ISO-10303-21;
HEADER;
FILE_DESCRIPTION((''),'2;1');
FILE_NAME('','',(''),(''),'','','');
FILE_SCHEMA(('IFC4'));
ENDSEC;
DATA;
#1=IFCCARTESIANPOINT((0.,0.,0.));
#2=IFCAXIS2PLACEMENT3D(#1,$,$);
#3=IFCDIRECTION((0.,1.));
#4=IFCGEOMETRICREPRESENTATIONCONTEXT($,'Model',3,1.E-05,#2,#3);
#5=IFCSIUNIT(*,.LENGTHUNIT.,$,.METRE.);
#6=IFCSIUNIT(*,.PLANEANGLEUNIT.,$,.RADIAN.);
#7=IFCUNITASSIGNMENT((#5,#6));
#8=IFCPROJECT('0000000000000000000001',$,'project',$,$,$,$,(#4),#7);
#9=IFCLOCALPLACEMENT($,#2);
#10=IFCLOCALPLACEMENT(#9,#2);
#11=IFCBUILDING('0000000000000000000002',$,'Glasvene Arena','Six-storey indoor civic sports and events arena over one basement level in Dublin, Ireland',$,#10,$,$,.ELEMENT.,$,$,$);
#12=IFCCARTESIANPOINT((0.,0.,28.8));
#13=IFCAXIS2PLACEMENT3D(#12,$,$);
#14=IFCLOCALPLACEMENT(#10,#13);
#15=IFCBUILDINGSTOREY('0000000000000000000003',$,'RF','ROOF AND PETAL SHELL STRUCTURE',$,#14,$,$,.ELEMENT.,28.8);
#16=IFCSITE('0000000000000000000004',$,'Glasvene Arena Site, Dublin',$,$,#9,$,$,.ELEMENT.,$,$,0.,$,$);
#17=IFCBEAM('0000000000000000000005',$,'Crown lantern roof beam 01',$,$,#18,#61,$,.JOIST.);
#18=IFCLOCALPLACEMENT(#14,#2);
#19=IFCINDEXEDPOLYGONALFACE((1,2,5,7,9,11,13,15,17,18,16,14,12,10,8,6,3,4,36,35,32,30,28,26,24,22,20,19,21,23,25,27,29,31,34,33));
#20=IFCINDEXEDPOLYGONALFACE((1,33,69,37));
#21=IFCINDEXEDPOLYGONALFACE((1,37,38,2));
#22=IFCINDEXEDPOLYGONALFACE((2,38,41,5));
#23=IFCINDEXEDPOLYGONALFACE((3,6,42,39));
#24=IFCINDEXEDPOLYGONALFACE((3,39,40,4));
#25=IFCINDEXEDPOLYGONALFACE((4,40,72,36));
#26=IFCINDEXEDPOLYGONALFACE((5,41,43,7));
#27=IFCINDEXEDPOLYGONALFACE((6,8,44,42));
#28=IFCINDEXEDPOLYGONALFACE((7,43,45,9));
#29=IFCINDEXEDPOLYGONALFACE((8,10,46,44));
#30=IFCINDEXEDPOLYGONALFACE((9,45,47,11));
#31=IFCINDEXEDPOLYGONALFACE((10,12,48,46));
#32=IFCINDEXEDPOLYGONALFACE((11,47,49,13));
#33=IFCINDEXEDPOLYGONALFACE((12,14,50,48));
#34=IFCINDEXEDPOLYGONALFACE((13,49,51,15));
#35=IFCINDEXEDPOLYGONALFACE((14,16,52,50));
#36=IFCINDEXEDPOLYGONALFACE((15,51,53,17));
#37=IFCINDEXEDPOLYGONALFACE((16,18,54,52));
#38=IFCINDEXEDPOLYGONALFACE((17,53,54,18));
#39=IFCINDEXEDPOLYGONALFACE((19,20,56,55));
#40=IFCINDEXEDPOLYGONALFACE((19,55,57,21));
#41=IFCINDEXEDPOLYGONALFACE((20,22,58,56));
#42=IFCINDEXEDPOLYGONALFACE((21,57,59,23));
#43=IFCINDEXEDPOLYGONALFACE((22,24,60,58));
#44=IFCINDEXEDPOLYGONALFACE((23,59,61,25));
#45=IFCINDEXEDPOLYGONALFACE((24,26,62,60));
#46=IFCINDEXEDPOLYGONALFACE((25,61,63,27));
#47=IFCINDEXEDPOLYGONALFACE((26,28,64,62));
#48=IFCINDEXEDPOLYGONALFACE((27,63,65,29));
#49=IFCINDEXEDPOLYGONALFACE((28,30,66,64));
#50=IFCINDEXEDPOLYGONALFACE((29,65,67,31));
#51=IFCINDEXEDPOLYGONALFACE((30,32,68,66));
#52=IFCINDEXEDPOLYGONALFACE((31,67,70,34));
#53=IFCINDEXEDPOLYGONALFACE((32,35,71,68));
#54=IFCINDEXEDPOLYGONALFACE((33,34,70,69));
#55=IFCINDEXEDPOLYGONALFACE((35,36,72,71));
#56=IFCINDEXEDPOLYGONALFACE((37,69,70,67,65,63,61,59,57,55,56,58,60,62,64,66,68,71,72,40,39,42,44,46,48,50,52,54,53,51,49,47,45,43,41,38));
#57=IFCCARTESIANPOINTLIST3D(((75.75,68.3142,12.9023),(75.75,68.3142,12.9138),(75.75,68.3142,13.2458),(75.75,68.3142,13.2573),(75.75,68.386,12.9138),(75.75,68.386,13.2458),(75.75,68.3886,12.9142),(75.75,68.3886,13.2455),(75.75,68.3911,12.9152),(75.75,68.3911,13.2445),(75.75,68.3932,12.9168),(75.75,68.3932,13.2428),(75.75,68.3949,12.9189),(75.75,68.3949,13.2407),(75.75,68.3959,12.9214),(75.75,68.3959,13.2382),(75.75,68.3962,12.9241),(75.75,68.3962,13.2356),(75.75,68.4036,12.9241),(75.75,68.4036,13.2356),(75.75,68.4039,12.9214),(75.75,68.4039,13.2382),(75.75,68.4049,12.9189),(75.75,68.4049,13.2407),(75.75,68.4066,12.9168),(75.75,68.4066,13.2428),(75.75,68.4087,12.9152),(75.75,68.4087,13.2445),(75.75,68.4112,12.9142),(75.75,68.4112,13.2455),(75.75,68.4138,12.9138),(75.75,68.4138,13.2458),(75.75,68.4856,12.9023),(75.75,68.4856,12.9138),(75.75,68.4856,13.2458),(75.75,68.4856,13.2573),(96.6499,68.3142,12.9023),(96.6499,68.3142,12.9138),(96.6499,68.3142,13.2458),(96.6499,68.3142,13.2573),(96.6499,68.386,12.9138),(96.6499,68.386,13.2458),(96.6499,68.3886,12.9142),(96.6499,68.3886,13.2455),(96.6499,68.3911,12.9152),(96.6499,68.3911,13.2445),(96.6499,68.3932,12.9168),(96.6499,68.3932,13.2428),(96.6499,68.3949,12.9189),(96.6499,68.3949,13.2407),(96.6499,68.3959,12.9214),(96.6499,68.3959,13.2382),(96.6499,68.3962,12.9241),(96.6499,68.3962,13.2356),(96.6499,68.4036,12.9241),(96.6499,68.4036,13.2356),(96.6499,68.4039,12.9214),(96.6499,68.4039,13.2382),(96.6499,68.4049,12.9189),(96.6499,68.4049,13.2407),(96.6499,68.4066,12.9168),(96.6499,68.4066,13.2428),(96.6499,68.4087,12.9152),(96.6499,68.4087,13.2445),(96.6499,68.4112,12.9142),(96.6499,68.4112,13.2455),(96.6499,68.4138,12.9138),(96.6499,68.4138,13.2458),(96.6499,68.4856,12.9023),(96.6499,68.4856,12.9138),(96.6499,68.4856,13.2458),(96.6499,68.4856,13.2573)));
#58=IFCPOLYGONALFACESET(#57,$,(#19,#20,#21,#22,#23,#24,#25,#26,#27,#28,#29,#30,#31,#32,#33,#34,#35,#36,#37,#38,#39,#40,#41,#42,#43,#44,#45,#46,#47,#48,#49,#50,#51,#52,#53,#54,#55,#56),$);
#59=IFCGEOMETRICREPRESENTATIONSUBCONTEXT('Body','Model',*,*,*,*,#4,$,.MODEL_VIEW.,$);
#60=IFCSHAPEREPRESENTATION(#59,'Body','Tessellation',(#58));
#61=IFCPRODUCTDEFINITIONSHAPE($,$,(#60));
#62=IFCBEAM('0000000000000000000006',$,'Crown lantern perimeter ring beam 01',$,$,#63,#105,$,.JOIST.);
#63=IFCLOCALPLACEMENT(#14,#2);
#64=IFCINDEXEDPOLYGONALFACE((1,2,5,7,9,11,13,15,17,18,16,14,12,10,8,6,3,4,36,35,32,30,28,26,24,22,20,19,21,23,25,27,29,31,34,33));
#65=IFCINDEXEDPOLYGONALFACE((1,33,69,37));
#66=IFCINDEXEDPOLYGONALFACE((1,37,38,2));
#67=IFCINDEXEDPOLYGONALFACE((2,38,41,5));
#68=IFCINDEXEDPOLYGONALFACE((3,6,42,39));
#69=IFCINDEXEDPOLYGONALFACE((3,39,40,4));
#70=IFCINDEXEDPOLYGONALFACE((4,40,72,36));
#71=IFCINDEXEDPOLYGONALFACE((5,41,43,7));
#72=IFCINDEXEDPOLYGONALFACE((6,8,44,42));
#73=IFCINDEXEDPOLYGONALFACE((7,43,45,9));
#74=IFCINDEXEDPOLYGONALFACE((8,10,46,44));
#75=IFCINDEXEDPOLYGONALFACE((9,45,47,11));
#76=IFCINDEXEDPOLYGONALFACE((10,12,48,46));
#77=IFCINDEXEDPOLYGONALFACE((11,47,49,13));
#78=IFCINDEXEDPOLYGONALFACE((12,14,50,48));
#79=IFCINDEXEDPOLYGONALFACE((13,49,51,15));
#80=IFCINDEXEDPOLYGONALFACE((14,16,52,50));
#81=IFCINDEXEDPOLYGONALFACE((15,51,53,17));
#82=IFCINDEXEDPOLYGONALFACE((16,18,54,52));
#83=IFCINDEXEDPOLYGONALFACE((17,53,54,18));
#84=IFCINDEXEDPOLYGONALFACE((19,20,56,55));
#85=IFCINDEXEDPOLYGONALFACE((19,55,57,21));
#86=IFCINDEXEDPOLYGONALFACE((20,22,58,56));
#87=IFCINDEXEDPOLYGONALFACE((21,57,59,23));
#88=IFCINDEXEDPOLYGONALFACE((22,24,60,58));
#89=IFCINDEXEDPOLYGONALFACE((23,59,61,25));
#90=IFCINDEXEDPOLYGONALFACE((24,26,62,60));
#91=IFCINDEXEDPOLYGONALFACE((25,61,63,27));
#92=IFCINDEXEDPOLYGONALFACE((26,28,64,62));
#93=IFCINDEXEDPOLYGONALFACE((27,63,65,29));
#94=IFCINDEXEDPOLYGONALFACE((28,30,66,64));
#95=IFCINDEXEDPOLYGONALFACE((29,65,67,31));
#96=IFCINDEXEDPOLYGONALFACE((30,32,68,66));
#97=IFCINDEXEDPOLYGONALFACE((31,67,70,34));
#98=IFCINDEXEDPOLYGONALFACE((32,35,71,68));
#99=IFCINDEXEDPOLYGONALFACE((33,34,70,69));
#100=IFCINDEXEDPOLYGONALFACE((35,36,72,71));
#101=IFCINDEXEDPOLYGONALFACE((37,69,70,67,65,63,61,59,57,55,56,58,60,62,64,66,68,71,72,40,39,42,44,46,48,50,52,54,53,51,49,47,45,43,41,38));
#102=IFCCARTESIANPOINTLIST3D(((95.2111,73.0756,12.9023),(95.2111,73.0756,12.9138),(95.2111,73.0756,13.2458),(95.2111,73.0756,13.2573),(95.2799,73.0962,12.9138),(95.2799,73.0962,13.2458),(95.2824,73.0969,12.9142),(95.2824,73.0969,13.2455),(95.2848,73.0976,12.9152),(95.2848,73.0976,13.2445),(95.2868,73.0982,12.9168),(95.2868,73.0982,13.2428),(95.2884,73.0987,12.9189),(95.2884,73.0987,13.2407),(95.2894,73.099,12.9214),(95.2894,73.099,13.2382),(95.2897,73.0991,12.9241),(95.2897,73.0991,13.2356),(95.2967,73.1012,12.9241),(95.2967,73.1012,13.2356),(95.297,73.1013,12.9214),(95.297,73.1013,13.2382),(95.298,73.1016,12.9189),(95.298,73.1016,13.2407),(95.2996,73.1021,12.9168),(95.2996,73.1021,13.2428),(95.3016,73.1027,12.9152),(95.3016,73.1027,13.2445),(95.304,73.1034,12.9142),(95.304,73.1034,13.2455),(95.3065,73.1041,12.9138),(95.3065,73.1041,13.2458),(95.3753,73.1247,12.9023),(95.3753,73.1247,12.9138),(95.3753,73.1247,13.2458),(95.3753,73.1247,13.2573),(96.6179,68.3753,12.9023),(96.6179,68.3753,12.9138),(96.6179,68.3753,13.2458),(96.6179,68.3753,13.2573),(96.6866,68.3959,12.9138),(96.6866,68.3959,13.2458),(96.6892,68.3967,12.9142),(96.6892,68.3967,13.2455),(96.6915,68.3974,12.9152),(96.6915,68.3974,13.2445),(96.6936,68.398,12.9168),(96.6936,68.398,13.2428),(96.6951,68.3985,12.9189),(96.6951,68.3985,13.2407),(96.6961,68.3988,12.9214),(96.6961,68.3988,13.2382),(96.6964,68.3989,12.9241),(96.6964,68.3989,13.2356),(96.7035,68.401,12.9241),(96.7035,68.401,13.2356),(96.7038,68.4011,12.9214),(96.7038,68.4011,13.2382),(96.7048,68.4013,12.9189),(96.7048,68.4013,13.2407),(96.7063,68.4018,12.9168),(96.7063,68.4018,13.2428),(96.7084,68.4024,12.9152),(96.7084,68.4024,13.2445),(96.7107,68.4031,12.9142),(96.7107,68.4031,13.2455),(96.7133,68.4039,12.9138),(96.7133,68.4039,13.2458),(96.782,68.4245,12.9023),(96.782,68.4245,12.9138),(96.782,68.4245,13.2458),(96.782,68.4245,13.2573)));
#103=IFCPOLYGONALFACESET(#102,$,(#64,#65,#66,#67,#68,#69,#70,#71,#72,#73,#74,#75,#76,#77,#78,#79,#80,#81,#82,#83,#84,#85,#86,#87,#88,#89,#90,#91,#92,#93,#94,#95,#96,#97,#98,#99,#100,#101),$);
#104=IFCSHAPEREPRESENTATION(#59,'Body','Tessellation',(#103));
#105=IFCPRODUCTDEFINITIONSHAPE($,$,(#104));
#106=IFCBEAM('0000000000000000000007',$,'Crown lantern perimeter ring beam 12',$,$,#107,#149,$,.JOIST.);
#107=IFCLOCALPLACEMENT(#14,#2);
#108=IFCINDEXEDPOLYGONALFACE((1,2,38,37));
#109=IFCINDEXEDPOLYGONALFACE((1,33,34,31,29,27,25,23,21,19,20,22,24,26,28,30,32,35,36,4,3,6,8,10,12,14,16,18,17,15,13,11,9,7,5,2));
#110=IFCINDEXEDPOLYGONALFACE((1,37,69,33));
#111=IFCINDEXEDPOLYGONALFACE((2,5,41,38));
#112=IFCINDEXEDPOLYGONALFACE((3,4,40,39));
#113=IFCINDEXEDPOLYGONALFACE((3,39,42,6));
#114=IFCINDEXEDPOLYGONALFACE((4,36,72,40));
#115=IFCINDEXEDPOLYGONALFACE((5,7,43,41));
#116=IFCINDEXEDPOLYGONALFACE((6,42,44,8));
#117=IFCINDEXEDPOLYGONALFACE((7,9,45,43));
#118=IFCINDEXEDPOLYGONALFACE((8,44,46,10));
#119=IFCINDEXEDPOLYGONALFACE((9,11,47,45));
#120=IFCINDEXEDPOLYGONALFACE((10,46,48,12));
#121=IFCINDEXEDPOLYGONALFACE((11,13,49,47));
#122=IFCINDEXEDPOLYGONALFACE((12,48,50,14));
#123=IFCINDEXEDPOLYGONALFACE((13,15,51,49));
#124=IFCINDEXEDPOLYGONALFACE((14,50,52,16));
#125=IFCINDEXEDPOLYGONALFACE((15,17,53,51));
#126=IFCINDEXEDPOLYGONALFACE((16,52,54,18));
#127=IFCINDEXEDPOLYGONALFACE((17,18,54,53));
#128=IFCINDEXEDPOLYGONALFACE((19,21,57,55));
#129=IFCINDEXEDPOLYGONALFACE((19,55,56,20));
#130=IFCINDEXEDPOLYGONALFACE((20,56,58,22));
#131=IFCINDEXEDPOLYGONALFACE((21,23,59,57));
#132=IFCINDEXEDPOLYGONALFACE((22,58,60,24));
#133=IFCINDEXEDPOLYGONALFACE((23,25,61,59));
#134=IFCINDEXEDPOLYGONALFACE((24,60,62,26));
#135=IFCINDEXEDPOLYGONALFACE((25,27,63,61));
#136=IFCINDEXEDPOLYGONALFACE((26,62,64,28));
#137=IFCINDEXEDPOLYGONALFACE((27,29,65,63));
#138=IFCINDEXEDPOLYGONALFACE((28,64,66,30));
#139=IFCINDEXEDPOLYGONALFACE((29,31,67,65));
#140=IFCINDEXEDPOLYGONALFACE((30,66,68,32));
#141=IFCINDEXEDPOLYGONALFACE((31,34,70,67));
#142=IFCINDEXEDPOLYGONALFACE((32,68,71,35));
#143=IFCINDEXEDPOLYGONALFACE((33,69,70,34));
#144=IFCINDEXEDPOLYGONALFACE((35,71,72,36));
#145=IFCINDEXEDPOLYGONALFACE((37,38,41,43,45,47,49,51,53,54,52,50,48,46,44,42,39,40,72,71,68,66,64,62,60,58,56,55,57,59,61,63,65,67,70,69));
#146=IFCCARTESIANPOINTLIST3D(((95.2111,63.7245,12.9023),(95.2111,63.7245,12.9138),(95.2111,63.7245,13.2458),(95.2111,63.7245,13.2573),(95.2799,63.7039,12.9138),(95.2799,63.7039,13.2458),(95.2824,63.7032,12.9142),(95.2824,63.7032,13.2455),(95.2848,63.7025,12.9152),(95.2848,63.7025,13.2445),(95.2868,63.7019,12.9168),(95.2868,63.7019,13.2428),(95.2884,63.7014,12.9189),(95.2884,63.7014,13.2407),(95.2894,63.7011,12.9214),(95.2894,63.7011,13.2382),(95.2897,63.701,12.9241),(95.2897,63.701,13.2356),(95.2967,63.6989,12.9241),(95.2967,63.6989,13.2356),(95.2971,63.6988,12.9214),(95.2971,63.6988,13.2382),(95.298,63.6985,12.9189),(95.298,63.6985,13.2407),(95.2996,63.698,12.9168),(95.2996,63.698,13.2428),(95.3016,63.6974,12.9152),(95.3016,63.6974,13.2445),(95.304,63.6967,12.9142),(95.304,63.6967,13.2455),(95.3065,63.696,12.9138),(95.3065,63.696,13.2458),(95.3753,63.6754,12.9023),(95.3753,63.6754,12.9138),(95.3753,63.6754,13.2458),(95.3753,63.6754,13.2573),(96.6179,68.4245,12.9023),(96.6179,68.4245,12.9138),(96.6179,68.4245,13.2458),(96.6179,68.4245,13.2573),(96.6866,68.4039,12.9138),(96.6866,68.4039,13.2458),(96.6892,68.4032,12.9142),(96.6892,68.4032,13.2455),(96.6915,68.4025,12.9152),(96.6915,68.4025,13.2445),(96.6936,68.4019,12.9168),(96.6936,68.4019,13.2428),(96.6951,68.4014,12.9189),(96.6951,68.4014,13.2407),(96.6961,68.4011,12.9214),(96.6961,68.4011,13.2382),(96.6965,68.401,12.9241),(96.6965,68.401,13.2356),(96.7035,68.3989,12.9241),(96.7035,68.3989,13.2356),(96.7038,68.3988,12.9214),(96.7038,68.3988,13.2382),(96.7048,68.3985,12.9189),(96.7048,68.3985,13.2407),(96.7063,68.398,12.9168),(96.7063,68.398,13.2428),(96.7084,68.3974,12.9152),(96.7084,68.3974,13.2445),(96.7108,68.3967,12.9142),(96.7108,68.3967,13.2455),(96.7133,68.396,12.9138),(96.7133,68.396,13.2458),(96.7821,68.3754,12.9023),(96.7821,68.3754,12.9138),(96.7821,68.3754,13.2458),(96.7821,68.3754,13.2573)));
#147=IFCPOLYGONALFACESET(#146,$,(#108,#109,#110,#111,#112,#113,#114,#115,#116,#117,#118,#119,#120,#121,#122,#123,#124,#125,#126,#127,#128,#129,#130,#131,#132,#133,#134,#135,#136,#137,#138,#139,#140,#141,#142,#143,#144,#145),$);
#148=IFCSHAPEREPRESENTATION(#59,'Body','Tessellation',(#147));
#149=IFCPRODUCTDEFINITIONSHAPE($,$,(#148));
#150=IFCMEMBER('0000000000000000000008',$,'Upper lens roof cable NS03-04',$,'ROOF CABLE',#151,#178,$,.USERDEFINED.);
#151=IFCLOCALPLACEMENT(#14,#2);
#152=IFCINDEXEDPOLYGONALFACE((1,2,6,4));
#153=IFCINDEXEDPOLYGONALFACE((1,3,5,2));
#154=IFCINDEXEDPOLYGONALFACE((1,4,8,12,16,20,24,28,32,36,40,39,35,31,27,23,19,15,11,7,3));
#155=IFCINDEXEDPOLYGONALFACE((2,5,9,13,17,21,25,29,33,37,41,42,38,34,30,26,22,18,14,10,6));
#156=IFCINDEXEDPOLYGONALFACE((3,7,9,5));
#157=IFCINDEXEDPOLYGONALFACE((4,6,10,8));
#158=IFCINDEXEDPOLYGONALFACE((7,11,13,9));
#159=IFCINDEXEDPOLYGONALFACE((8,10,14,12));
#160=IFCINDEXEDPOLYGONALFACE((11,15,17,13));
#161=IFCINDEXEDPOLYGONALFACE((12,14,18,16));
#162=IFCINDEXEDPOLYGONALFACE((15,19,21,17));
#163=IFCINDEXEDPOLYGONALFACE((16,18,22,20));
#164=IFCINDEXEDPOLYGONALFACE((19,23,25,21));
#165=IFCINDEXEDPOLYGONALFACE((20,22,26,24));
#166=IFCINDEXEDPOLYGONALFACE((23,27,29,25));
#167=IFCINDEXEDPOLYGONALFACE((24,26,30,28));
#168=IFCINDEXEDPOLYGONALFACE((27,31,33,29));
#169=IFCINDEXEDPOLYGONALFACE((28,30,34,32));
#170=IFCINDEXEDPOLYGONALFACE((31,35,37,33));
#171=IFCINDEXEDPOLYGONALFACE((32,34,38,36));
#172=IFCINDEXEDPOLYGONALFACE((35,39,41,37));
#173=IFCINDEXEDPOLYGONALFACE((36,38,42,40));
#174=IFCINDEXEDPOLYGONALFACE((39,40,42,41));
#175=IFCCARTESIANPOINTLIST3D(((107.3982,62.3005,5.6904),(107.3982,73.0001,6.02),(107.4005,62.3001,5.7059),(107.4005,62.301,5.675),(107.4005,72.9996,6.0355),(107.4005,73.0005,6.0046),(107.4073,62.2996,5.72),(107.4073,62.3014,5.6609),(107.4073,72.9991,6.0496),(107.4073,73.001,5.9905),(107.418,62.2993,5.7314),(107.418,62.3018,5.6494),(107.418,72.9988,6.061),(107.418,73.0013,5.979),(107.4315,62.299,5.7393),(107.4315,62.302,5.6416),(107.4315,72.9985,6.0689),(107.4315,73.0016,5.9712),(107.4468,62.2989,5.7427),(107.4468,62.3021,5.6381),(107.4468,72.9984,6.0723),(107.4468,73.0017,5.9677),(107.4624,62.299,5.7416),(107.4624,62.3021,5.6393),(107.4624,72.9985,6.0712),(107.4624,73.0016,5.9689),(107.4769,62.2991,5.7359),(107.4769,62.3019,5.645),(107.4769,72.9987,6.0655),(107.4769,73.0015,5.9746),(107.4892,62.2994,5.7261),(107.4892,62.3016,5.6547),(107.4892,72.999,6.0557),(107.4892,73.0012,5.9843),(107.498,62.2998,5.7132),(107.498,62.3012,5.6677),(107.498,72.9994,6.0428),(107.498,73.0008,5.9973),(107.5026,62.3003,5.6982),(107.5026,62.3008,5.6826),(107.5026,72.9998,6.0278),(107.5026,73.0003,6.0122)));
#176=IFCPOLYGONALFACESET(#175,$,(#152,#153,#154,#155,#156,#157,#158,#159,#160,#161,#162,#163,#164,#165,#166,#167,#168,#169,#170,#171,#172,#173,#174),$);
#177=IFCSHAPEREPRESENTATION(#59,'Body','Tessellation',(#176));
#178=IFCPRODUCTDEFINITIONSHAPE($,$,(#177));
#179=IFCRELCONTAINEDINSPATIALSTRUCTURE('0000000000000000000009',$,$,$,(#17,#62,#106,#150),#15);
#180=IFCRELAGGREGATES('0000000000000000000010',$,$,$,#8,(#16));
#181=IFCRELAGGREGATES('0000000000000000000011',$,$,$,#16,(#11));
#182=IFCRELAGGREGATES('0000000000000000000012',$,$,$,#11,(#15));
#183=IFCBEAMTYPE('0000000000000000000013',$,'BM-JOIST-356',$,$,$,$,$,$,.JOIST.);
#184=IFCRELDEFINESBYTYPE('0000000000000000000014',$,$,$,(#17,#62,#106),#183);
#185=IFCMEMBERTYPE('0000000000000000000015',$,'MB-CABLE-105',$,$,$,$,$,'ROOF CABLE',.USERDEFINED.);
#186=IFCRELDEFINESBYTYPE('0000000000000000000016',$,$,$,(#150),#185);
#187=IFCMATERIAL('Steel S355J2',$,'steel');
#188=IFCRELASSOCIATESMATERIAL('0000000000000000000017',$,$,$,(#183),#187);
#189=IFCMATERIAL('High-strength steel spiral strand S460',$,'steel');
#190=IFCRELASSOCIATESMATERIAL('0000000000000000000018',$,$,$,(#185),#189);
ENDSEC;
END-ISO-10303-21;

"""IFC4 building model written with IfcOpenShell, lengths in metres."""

from ifc_helpers import new_model, si_unit, direction, frame, origin, origin_2d, place, context, subcontext, project, spatial, circle, i_section, extrude, material, material_profile, profile_set, type_object, element, save


model = new_model("IFC4")

# Units and contexts
model_context = context("Model", 3, precision=1e-05, world=origin(), true_north=direction((0.0, 1.0)))
body_context = subcontext(model_context, "Body", "Model", "MODEL_VIEW")
ifc_project = project(units=[si_unit("LENGTHUNIT", "METRE"), si_unit("PLANEANGLEUNIT", "RADIAN")], contexts=[model_context])

# Site, building, storey
site_placement = place(None, origin())
site = spatial("IfcSite", under=ifc_project, at=site_placement, Name="Glasvene Arena Site, Dublin", CompositionType="ELEMENT", RefElevation=0.0)
building_placement = place(site_placement, origin())
building = spatial("IfcBuilding", under=site, at=building_placement, Name="Glasvene Arena", Description="Six-storey indoor civic sports and events arena over one basement level in Dublin, Ireland", CompositionType="ELEMENT")
storey_placement = place(building_placement, frame((0.0, 0.0, 28.8)))
storey = spatial("IfcBuildingStorey", under=building, at=storey_placement, Name="RF", Description="ROOF AND PETAL SHELL STRUCTURE", CompositionType="ELEMENT", Elevation=28.8)

# Beams
ifc_material_1 = material(Name="Steel S355J2", Category="steel")
ifc_material_profile_1 = material_profile(ifc_material_1, i_section(OverallWidth=0.1714, OverallDepth=0.355, WebThickness=0.0073, FlangeThickness=0.0115, FilletRadius=0.0103, at=origin_2d()), Name="UKB 356x171x51")
ifc_profile_set_1 = profile_set([ifc_material_profile_1], Name="Steel S355J2")
beam_type = type_object("IfcBeamType", Name="BM-JOIST-356", PredefinedType="JOIST", material=ifc_profile_set_1)
beam_1_placement = place(storey_placement, frame((96.6499, 68.3999, 13.0798), z_axis=(-1.0, 0.0, 0.0), x_axis=(0.0, -1.0, 0.0)))
element("IfcBeam", 1, at=beam_1_placement, inside=storey, type_object=beam_type, Name="Crown lantern roof beam 01", PredefinedType="JOIST", context=body_context, shape_type="SweptSolid", body=[
    extrude(i_section(OverallWidth=0.1714, OverallDepth=0.355, WebThickness=0.0073, FlangeThickness=0.0115, FilletRadius=0.0103, at=origin_2d()), origin(), (0.0, 0.0, 1.0), 20.8999),
])
beam_2_placement = place(storey_placement, frame((96.7, 68.3999, 13.0798), z_axis=(-0.286727, 0.958012, 0.0), x_axis=(-0.958012, -0.286727, 0.0)))
element("IfcBeam", 2, at=beam_2_placement, inside=storey, type_object=beam_type, Name="Crown lantern perimeter ring beam 01", PredefinedType="JOIST", context=body_context, shape_type="SweptSolid", body=[
    extrude(i_section(OverallWidth=0.1714, OverallDepth=0.355, WebThickness=0.0073, FlangeThickness=0.0115, FilletRadius=0.0103, at=origin_2d()), origin(), (0.0, 0.0, 1.0), 4.9062),
])
beam_3_placement = place(storey_placement, frame((95.2932, 63.7, 13.0798), z_axis=(0.286741, 0.958008, 0.0), x_axis=(-0.958008, 0.286741, 0.0)))
element("IfcBeam", 3, at=beam_3_placement, inside=storey, type_object=beam_type, Name="Crown lantern perimeter ring beam 12", PredefinedType="JOIST", context=body_context, shape_type="SweptSolid", body=[
    extrude(i_section(OverallWidth=0.1714, OverallDepth=0.355, WebThickness=0.0073, FlangeThickness=0.0115, FilletRadius=0.0103, at=origin_2d()), origin(), (0.0, 0.0, 1.0), 4.906),
])

# Member
ifc_material_2 = material(Name="High-strength steel spiral strand S460", Category="steel")
ifc_material_profile_2 = material_profile(ifc_material_2, circle(Radius=0.0525, at=origin_2d()), Name="LCSS D105")
ifc_profile_set_2 = profile_set([ifc_material_profile_2], Name="High-strength steel spiral strand S460")
member_type_1 = type_object("IfcMemberType", Name="MB-CABLE-105", ElementType="ROOF CABLE", PredefinedType="USERDEFINED", material=ifc_profile_set_2)
member_1_placement = place(storey_placement, frame((107.4507, 62.3005, 5.6904), z_axis=(0.0, 0.999526, 0.03079), x_axis=(-1.0, 0.0, 0.0)))
element("IfcMember", 4, at=member_1_placement, inside=storey, type_object=member_type_1, Name="Upper lens roof cable NS03-04", ObjectType="ROOF CABLE", PredefinedType="USERDEFINED", context=body_context, shape_type="SweptSolid", body=[
    extrude(circle(Radius=0.0525, at=origin_2d()), origin(), (0.0, 0.0, 1.0), 10.7046),
])

save(model, "model.ifc")
